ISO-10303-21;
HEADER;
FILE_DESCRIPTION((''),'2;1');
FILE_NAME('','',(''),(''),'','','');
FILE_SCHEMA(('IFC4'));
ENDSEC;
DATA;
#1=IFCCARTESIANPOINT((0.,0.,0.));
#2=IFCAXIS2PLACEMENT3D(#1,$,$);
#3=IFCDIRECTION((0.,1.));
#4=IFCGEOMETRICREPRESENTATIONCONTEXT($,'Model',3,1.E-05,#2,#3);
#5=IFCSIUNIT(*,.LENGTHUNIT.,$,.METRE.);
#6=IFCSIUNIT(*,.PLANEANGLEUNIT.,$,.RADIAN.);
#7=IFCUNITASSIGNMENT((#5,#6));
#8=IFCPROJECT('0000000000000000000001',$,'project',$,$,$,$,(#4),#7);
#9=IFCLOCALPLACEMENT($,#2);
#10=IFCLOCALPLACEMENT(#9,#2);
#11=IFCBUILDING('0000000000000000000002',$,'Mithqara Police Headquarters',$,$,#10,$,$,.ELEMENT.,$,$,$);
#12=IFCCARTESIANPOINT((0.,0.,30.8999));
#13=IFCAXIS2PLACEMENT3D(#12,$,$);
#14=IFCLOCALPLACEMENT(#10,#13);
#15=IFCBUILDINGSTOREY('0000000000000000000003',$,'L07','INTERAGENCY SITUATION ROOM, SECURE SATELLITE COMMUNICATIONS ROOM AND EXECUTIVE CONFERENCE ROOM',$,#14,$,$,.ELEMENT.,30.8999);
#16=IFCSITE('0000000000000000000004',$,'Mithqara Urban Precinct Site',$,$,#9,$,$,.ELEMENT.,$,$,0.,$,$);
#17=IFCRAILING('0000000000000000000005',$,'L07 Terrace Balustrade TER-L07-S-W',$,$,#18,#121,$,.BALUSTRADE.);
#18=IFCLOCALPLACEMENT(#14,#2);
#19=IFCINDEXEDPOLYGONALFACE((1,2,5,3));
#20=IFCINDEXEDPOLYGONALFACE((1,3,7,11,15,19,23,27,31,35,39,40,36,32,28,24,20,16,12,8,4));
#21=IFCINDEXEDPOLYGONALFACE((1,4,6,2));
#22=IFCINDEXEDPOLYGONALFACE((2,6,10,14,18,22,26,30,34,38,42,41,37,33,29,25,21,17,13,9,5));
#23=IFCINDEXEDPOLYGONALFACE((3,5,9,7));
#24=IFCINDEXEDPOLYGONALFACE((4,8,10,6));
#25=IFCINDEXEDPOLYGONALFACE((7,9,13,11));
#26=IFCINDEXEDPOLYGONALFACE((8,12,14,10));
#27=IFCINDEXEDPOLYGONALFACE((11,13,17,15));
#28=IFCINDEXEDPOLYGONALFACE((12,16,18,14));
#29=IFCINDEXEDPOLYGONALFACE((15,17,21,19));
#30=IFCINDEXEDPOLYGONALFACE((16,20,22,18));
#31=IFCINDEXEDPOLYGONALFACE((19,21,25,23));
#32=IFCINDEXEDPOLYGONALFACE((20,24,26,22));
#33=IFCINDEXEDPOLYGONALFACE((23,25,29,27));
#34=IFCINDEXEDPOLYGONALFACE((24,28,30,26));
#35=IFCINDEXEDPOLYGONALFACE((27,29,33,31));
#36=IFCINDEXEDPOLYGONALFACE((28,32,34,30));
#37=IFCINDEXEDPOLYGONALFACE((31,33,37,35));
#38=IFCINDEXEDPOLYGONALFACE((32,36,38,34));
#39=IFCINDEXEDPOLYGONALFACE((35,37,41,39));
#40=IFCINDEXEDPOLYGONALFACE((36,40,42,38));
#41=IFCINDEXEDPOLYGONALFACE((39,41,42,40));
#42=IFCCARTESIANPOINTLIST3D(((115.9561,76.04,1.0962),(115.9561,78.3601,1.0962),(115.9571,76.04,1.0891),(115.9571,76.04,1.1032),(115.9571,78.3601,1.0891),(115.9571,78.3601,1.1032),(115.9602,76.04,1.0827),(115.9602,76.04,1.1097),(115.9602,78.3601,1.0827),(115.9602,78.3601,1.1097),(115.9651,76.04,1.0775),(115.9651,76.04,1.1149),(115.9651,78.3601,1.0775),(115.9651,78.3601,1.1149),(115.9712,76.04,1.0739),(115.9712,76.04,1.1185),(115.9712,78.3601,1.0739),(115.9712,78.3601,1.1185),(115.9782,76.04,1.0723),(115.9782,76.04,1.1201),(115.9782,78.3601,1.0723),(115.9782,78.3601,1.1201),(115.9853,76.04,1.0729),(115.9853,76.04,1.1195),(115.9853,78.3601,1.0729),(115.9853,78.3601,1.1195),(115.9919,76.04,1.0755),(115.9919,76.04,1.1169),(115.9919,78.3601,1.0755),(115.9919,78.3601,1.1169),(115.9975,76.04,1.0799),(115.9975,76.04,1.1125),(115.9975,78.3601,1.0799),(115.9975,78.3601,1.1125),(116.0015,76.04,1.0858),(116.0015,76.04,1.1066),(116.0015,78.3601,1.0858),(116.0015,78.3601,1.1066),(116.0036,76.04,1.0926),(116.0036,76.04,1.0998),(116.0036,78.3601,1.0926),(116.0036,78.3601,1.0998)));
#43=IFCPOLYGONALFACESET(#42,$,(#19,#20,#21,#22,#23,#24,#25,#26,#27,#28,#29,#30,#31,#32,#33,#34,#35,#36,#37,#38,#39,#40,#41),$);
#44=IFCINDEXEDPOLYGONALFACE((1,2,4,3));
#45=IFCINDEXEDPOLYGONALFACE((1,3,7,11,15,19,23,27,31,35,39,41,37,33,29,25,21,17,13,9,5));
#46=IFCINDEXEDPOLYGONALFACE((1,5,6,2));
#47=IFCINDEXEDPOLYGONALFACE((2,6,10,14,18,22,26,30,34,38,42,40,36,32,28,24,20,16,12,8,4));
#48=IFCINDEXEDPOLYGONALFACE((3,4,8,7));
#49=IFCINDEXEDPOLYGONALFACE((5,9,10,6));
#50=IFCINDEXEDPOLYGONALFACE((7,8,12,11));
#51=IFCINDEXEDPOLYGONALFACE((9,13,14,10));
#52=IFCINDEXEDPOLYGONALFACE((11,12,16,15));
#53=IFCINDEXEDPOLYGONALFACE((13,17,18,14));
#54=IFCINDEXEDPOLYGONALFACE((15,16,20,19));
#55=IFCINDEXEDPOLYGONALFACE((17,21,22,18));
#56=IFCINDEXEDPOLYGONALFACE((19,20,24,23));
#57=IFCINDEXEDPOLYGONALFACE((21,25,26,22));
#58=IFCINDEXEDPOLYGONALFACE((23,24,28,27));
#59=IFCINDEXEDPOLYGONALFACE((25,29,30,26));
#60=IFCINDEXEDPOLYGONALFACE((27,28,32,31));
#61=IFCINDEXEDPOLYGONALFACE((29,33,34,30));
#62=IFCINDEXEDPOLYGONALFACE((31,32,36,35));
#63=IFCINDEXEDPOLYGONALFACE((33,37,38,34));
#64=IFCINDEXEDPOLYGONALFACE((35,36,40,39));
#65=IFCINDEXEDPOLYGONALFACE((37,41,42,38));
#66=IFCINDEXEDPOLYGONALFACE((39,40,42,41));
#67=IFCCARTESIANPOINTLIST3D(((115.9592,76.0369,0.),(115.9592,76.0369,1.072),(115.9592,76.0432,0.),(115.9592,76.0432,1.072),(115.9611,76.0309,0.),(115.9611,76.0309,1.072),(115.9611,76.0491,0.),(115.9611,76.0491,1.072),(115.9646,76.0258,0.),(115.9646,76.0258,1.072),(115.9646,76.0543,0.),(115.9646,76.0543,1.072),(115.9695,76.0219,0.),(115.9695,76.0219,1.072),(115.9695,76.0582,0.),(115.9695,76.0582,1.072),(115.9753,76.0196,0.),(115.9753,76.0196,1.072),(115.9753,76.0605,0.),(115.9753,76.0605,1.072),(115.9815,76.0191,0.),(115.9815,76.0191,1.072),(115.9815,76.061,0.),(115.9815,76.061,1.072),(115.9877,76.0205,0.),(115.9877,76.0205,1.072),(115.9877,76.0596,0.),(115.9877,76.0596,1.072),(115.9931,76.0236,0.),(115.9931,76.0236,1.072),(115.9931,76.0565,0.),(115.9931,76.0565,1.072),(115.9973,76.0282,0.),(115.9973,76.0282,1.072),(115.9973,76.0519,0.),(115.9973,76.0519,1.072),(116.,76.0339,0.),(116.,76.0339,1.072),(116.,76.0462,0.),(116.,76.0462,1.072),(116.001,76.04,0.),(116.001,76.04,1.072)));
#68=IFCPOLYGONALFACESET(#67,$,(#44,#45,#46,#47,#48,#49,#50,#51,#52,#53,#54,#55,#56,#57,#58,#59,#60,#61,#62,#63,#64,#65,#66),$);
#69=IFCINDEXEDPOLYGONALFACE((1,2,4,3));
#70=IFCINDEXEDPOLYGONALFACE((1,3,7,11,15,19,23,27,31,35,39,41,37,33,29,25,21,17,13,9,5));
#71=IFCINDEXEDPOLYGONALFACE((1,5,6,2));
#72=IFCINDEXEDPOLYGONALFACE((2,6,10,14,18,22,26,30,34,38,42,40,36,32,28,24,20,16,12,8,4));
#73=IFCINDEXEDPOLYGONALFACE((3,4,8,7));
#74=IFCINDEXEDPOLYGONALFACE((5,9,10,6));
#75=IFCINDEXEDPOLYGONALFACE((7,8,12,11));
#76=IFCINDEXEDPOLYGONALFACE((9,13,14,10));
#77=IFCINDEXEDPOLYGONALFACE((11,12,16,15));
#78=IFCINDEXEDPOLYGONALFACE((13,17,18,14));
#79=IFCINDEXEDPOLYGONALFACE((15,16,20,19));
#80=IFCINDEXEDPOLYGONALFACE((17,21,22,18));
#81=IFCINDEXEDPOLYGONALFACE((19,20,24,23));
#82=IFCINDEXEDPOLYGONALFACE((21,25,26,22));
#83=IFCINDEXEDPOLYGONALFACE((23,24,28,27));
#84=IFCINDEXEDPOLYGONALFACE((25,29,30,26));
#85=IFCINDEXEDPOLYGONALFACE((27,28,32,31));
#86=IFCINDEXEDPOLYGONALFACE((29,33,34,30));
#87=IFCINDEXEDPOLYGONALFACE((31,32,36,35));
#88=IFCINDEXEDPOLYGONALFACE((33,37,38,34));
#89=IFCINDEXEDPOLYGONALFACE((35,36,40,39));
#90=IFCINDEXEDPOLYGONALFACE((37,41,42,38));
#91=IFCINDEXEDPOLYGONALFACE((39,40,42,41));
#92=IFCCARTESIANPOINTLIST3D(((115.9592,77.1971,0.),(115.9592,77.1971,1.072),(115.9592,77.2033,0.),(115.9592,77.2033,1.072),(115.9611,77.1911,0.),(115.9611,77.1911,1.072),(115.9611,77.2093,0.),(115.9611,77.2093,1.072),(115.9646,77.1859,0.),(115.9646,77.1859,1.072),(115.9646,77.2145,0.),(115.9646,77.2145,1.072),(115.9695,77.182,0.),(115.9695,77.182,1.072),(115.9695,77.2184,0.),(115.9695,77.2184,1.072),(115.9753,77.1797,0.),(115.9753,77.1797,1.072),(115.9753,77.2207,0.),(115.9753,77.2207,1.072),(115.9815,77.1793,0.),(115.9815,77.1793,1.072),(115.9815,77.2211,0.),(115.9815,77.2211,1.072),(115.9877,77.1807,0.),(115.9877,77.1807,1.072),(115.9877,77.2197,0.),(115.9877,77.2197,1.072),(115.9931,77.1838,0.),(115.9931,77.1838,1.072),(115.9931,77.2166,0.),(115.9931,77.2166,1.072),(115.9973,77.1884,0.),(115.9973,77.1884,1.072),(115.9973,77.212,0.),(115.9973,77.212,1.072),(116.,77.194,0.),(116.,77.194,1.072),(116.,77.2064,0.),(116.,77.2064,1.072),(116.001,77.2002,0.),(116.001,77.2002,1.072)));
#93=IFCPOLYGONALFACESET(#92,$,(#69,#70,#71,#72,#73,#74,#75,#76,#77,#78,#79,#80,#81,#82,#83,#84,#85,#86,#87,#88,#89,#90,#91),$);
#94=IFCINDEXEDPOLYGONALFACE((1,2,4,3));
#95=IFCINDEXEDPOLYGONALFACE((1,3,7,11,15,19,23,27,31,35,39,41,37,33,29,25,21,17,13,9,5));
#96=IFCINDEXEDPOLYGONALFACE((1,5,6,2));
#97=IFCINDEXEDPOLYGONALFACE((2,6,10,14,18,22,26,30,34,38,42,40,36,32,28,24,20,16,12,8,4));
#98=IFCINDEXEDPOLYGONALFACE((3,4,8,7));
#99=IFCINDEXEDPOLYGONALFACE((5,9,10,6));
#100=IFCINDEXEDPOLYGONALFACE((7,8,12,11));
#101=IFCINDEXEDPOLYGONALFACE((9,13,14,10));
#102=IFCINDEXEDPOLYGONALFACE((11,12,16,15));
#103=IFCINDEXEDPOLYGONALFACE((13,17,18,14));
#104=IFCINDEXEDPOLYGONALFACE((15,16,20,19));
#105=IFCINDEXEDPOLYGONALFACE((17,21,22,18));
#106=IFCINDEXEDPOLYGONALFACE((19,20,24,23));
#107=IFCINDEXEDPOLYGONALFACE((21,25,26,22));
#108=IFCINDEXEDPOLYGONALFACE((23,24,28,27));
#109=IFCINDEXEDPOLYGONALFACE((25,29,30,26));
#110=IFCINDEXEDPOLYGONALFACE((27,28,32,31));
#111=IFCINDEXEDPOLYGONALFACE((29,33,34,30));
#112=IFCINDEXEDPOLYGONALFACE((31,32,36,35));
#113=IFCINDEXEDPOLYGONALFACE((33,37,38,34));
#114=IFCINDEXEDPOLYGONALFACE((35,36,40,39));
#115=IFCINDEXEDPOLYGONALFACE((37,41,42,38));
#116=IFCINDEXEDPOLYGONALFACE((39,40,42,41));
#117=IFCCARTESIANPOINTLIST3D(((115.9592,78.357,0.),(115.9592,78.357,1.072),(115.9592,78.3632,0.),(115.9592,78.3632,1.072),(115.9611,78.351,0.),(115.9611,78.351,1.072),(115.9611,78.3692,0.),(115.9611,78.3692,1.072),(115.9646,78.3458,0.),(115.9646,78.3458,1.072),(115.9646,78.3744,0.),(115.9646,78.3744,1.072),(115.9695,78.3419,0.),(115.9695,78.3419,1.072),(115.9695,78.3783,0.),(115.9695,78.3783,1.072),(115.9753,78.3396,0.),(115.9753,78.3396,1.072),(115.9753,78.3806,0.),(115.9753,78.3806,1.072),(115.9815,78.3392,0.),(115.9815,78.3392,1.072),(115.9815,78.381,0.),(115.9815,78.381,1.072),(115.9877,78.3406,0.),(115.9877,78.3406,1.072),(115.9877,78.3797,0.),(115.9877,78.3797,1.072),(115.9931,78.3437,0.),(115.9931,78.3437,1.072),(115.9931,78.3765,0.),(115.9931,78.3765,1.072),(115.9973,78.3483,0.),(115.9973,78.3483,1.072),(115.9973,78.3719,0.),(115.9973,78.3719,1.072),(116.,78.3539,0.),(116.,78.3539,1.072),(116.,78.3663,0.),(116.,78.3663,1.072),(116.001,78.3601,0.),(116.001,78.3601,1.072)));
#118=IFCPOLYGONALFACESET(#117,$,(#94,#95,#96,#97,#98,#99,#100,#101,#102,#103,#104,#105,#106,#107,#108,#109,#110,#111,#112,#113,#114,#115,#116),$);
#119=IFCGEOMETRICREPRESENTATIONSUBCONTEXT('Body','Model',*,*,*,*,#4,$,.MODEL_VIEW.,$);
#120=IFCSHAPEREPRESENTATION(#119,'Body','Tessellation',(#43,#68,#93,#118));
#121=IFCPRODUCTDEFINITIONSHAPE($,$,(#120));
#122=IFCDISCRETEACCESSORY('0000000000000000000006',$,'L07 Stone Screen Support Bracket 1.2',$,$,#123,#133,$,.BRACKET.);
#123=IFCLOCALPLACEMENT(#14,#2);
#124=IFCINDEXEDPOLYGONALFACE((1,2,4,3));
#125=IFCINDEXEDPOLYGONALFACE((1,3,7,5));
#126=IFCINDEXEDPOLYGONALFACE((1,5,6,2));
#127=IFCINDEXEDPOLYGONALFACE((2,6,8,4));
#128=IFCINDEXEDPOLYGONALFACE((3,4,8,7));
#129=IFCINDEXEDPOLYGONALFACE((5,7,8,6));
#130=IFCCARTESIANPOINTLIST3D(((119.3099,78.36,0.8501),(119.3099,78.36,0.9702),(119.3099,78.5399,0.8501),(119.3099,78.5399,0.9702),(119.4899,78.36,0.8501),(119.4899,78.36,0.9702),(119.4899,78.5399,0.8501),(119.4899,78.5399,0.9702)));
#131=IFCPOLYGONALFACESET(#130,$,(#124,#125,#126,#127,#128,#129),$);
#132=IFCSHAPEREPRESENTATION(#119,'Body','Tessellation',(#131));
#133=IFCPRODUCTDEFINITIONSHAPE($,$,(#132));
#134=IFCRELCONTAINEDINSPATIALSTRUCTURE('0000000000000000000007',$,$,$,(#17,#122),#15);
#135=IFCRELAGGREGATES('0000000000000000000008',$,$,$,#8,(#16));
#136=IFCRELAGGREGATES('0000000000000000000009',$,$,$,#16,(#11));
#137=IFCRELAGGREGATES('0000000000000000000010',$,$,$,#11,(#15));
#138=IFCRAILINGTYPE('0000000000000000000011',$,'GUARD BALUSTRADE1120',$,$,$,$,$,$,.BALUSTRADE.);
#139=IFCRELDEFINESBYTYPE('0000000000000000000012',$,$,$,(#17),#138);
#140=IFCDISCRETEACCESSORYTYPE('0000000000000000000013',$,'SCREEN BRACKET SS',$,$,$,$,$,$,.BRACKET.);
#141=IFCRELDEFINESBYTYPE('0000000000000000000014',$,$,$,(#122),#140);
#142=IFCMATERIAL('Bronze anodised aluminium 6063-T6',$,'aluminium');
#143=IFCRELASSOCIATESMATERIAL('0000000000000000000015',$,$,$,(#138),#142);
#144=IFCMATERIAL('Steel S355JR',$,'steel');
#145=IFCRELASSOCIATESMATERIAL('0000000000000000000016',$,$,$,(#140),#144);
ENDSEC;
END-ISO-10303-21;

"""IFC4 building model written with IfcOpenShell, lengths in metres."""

from ifc_helpers import new_model, si_unit, direction, frame, origin, origin_2d, place, context, subcontext, project, spatial, rectangle, circle, extrude, material, type_object, element, save


model = new_model("IFC4")

# Units and contexts
model_context = context("Model", 3, precision=1e-05, world=origin(), true_north=direction((0.0, 1.0)))
body_context = subcontext(model_context, "Body", "Model", "MODEL_VIEW")
ifc_project = project(units=[si_unit("LENGTHUNIT", "METRE"), si_unit("PLANEANGLEUNIT", "RADIAN")], contexts=[model_context])

# Site, building, storey
site_placement = place(None, origin())
site = spatial("IfcSite", under=ifc_project, at=site_placement, Name="Mithqara Urban Precinct Site", CompositionType="ELEMENT", RefElevation=0.0)
building_placement = place(site_placement, origin())
building = spatial("IfcBuilding", under=site, at=building_placement, Name="Mithqara Police Headquarters", CompositionType="ELEMENT")
storey_placement = place(building_placement, frame((0.0, 0.0, 30.8999)))
storey = spatial("IfcBuildingStorey", under=building, at=storey_placement, Name="L07", Description="INTERAGENCY SITUATION ROOM, SECURE SATELLITE COMMUNICATIONS ROOM AND EXECUTIVE CONFERENCE ROOM", CompositionType="ELEMENT", Elevation=30.8999)

# Shared definitions
ifc_material_1 = material(Name="Steel S355JR", Category="steel")

# Shared definitions
ifc_material_2 = material(Name="Bronze anodised aluminium 6063-T6", Category="aluminium")

# Railing
railing_type = type_object("IfcRailingType", Name="GUARD BALUSTRADE1120", PredefinedType="BALUSTRADE", material=ifc_material_2)
railing_1_placement = place(storey_placement, frame((115.98, 76.04, 0.0)))
element("IfcRailing", 1, at=railing_1_placement, inside=storey, type_object=railing_type, Name="L07 Terrace Balustrade TER-L07-S-W", PredefinedType="BALUSTRADE", context=body_context, shape_type="SweptSolid", body=[
    extrude(circle(Radius=0.0239, at=origin_2d()), frame((0.0, 0.0, 1.0962), z_axis=(0.0, 1.0, 0.0), x_axis=(-1.0, 0.0, 0.0)), (0.0, 0.0, 1.0), 2.3201),
    extrude(circle(Radius=0.021, at=origin_2d()), origin(), (0.0, 0.0, 1.0), 1.072),
    extrude(circle(Radius=0.021, at=origin_2d()), frame((0.0, 1.1602, 0.0)), (0.0, 0.0, 1.0), 1.072),
    extrude(circle(Radius=0.021, at=origin_2d()), frame((0.0, 2.3201, 0.0)), (0.0, 0.0, 1.0), 1.072),
])

# Discrete accessory
discrete_accessory_type = type_object("IfcDiscreteAccessoryType", Name="SCREEN BRACKET SS", PredefinedType="BRACKET", material=ifc_material_1)
discrete_accessory_placement = place(storey_placement, frame((119.3999, 78.45, 0.8501), z_axis=(0.0, 0.0, 1.0), x_axis=(1.0, 0.0, 0.0)))
element("IfcDiscreteAccessory", 2, at=discrete_accessory_placement, inside=storey, type_object=discrete_accessory_type, Name="L07 Stone Screen Support Bracket 1.2", PredefinedType="BRACKET", context=body_context, shape_type="SweptSolid", body=[
    extrude(rectangle(XDim=0.1799, YDim=0.1799, at=origin_2d()), origin(), (0.0, 0.0, 1.0), 0.1201),
])

save(model, "model.ifc")
